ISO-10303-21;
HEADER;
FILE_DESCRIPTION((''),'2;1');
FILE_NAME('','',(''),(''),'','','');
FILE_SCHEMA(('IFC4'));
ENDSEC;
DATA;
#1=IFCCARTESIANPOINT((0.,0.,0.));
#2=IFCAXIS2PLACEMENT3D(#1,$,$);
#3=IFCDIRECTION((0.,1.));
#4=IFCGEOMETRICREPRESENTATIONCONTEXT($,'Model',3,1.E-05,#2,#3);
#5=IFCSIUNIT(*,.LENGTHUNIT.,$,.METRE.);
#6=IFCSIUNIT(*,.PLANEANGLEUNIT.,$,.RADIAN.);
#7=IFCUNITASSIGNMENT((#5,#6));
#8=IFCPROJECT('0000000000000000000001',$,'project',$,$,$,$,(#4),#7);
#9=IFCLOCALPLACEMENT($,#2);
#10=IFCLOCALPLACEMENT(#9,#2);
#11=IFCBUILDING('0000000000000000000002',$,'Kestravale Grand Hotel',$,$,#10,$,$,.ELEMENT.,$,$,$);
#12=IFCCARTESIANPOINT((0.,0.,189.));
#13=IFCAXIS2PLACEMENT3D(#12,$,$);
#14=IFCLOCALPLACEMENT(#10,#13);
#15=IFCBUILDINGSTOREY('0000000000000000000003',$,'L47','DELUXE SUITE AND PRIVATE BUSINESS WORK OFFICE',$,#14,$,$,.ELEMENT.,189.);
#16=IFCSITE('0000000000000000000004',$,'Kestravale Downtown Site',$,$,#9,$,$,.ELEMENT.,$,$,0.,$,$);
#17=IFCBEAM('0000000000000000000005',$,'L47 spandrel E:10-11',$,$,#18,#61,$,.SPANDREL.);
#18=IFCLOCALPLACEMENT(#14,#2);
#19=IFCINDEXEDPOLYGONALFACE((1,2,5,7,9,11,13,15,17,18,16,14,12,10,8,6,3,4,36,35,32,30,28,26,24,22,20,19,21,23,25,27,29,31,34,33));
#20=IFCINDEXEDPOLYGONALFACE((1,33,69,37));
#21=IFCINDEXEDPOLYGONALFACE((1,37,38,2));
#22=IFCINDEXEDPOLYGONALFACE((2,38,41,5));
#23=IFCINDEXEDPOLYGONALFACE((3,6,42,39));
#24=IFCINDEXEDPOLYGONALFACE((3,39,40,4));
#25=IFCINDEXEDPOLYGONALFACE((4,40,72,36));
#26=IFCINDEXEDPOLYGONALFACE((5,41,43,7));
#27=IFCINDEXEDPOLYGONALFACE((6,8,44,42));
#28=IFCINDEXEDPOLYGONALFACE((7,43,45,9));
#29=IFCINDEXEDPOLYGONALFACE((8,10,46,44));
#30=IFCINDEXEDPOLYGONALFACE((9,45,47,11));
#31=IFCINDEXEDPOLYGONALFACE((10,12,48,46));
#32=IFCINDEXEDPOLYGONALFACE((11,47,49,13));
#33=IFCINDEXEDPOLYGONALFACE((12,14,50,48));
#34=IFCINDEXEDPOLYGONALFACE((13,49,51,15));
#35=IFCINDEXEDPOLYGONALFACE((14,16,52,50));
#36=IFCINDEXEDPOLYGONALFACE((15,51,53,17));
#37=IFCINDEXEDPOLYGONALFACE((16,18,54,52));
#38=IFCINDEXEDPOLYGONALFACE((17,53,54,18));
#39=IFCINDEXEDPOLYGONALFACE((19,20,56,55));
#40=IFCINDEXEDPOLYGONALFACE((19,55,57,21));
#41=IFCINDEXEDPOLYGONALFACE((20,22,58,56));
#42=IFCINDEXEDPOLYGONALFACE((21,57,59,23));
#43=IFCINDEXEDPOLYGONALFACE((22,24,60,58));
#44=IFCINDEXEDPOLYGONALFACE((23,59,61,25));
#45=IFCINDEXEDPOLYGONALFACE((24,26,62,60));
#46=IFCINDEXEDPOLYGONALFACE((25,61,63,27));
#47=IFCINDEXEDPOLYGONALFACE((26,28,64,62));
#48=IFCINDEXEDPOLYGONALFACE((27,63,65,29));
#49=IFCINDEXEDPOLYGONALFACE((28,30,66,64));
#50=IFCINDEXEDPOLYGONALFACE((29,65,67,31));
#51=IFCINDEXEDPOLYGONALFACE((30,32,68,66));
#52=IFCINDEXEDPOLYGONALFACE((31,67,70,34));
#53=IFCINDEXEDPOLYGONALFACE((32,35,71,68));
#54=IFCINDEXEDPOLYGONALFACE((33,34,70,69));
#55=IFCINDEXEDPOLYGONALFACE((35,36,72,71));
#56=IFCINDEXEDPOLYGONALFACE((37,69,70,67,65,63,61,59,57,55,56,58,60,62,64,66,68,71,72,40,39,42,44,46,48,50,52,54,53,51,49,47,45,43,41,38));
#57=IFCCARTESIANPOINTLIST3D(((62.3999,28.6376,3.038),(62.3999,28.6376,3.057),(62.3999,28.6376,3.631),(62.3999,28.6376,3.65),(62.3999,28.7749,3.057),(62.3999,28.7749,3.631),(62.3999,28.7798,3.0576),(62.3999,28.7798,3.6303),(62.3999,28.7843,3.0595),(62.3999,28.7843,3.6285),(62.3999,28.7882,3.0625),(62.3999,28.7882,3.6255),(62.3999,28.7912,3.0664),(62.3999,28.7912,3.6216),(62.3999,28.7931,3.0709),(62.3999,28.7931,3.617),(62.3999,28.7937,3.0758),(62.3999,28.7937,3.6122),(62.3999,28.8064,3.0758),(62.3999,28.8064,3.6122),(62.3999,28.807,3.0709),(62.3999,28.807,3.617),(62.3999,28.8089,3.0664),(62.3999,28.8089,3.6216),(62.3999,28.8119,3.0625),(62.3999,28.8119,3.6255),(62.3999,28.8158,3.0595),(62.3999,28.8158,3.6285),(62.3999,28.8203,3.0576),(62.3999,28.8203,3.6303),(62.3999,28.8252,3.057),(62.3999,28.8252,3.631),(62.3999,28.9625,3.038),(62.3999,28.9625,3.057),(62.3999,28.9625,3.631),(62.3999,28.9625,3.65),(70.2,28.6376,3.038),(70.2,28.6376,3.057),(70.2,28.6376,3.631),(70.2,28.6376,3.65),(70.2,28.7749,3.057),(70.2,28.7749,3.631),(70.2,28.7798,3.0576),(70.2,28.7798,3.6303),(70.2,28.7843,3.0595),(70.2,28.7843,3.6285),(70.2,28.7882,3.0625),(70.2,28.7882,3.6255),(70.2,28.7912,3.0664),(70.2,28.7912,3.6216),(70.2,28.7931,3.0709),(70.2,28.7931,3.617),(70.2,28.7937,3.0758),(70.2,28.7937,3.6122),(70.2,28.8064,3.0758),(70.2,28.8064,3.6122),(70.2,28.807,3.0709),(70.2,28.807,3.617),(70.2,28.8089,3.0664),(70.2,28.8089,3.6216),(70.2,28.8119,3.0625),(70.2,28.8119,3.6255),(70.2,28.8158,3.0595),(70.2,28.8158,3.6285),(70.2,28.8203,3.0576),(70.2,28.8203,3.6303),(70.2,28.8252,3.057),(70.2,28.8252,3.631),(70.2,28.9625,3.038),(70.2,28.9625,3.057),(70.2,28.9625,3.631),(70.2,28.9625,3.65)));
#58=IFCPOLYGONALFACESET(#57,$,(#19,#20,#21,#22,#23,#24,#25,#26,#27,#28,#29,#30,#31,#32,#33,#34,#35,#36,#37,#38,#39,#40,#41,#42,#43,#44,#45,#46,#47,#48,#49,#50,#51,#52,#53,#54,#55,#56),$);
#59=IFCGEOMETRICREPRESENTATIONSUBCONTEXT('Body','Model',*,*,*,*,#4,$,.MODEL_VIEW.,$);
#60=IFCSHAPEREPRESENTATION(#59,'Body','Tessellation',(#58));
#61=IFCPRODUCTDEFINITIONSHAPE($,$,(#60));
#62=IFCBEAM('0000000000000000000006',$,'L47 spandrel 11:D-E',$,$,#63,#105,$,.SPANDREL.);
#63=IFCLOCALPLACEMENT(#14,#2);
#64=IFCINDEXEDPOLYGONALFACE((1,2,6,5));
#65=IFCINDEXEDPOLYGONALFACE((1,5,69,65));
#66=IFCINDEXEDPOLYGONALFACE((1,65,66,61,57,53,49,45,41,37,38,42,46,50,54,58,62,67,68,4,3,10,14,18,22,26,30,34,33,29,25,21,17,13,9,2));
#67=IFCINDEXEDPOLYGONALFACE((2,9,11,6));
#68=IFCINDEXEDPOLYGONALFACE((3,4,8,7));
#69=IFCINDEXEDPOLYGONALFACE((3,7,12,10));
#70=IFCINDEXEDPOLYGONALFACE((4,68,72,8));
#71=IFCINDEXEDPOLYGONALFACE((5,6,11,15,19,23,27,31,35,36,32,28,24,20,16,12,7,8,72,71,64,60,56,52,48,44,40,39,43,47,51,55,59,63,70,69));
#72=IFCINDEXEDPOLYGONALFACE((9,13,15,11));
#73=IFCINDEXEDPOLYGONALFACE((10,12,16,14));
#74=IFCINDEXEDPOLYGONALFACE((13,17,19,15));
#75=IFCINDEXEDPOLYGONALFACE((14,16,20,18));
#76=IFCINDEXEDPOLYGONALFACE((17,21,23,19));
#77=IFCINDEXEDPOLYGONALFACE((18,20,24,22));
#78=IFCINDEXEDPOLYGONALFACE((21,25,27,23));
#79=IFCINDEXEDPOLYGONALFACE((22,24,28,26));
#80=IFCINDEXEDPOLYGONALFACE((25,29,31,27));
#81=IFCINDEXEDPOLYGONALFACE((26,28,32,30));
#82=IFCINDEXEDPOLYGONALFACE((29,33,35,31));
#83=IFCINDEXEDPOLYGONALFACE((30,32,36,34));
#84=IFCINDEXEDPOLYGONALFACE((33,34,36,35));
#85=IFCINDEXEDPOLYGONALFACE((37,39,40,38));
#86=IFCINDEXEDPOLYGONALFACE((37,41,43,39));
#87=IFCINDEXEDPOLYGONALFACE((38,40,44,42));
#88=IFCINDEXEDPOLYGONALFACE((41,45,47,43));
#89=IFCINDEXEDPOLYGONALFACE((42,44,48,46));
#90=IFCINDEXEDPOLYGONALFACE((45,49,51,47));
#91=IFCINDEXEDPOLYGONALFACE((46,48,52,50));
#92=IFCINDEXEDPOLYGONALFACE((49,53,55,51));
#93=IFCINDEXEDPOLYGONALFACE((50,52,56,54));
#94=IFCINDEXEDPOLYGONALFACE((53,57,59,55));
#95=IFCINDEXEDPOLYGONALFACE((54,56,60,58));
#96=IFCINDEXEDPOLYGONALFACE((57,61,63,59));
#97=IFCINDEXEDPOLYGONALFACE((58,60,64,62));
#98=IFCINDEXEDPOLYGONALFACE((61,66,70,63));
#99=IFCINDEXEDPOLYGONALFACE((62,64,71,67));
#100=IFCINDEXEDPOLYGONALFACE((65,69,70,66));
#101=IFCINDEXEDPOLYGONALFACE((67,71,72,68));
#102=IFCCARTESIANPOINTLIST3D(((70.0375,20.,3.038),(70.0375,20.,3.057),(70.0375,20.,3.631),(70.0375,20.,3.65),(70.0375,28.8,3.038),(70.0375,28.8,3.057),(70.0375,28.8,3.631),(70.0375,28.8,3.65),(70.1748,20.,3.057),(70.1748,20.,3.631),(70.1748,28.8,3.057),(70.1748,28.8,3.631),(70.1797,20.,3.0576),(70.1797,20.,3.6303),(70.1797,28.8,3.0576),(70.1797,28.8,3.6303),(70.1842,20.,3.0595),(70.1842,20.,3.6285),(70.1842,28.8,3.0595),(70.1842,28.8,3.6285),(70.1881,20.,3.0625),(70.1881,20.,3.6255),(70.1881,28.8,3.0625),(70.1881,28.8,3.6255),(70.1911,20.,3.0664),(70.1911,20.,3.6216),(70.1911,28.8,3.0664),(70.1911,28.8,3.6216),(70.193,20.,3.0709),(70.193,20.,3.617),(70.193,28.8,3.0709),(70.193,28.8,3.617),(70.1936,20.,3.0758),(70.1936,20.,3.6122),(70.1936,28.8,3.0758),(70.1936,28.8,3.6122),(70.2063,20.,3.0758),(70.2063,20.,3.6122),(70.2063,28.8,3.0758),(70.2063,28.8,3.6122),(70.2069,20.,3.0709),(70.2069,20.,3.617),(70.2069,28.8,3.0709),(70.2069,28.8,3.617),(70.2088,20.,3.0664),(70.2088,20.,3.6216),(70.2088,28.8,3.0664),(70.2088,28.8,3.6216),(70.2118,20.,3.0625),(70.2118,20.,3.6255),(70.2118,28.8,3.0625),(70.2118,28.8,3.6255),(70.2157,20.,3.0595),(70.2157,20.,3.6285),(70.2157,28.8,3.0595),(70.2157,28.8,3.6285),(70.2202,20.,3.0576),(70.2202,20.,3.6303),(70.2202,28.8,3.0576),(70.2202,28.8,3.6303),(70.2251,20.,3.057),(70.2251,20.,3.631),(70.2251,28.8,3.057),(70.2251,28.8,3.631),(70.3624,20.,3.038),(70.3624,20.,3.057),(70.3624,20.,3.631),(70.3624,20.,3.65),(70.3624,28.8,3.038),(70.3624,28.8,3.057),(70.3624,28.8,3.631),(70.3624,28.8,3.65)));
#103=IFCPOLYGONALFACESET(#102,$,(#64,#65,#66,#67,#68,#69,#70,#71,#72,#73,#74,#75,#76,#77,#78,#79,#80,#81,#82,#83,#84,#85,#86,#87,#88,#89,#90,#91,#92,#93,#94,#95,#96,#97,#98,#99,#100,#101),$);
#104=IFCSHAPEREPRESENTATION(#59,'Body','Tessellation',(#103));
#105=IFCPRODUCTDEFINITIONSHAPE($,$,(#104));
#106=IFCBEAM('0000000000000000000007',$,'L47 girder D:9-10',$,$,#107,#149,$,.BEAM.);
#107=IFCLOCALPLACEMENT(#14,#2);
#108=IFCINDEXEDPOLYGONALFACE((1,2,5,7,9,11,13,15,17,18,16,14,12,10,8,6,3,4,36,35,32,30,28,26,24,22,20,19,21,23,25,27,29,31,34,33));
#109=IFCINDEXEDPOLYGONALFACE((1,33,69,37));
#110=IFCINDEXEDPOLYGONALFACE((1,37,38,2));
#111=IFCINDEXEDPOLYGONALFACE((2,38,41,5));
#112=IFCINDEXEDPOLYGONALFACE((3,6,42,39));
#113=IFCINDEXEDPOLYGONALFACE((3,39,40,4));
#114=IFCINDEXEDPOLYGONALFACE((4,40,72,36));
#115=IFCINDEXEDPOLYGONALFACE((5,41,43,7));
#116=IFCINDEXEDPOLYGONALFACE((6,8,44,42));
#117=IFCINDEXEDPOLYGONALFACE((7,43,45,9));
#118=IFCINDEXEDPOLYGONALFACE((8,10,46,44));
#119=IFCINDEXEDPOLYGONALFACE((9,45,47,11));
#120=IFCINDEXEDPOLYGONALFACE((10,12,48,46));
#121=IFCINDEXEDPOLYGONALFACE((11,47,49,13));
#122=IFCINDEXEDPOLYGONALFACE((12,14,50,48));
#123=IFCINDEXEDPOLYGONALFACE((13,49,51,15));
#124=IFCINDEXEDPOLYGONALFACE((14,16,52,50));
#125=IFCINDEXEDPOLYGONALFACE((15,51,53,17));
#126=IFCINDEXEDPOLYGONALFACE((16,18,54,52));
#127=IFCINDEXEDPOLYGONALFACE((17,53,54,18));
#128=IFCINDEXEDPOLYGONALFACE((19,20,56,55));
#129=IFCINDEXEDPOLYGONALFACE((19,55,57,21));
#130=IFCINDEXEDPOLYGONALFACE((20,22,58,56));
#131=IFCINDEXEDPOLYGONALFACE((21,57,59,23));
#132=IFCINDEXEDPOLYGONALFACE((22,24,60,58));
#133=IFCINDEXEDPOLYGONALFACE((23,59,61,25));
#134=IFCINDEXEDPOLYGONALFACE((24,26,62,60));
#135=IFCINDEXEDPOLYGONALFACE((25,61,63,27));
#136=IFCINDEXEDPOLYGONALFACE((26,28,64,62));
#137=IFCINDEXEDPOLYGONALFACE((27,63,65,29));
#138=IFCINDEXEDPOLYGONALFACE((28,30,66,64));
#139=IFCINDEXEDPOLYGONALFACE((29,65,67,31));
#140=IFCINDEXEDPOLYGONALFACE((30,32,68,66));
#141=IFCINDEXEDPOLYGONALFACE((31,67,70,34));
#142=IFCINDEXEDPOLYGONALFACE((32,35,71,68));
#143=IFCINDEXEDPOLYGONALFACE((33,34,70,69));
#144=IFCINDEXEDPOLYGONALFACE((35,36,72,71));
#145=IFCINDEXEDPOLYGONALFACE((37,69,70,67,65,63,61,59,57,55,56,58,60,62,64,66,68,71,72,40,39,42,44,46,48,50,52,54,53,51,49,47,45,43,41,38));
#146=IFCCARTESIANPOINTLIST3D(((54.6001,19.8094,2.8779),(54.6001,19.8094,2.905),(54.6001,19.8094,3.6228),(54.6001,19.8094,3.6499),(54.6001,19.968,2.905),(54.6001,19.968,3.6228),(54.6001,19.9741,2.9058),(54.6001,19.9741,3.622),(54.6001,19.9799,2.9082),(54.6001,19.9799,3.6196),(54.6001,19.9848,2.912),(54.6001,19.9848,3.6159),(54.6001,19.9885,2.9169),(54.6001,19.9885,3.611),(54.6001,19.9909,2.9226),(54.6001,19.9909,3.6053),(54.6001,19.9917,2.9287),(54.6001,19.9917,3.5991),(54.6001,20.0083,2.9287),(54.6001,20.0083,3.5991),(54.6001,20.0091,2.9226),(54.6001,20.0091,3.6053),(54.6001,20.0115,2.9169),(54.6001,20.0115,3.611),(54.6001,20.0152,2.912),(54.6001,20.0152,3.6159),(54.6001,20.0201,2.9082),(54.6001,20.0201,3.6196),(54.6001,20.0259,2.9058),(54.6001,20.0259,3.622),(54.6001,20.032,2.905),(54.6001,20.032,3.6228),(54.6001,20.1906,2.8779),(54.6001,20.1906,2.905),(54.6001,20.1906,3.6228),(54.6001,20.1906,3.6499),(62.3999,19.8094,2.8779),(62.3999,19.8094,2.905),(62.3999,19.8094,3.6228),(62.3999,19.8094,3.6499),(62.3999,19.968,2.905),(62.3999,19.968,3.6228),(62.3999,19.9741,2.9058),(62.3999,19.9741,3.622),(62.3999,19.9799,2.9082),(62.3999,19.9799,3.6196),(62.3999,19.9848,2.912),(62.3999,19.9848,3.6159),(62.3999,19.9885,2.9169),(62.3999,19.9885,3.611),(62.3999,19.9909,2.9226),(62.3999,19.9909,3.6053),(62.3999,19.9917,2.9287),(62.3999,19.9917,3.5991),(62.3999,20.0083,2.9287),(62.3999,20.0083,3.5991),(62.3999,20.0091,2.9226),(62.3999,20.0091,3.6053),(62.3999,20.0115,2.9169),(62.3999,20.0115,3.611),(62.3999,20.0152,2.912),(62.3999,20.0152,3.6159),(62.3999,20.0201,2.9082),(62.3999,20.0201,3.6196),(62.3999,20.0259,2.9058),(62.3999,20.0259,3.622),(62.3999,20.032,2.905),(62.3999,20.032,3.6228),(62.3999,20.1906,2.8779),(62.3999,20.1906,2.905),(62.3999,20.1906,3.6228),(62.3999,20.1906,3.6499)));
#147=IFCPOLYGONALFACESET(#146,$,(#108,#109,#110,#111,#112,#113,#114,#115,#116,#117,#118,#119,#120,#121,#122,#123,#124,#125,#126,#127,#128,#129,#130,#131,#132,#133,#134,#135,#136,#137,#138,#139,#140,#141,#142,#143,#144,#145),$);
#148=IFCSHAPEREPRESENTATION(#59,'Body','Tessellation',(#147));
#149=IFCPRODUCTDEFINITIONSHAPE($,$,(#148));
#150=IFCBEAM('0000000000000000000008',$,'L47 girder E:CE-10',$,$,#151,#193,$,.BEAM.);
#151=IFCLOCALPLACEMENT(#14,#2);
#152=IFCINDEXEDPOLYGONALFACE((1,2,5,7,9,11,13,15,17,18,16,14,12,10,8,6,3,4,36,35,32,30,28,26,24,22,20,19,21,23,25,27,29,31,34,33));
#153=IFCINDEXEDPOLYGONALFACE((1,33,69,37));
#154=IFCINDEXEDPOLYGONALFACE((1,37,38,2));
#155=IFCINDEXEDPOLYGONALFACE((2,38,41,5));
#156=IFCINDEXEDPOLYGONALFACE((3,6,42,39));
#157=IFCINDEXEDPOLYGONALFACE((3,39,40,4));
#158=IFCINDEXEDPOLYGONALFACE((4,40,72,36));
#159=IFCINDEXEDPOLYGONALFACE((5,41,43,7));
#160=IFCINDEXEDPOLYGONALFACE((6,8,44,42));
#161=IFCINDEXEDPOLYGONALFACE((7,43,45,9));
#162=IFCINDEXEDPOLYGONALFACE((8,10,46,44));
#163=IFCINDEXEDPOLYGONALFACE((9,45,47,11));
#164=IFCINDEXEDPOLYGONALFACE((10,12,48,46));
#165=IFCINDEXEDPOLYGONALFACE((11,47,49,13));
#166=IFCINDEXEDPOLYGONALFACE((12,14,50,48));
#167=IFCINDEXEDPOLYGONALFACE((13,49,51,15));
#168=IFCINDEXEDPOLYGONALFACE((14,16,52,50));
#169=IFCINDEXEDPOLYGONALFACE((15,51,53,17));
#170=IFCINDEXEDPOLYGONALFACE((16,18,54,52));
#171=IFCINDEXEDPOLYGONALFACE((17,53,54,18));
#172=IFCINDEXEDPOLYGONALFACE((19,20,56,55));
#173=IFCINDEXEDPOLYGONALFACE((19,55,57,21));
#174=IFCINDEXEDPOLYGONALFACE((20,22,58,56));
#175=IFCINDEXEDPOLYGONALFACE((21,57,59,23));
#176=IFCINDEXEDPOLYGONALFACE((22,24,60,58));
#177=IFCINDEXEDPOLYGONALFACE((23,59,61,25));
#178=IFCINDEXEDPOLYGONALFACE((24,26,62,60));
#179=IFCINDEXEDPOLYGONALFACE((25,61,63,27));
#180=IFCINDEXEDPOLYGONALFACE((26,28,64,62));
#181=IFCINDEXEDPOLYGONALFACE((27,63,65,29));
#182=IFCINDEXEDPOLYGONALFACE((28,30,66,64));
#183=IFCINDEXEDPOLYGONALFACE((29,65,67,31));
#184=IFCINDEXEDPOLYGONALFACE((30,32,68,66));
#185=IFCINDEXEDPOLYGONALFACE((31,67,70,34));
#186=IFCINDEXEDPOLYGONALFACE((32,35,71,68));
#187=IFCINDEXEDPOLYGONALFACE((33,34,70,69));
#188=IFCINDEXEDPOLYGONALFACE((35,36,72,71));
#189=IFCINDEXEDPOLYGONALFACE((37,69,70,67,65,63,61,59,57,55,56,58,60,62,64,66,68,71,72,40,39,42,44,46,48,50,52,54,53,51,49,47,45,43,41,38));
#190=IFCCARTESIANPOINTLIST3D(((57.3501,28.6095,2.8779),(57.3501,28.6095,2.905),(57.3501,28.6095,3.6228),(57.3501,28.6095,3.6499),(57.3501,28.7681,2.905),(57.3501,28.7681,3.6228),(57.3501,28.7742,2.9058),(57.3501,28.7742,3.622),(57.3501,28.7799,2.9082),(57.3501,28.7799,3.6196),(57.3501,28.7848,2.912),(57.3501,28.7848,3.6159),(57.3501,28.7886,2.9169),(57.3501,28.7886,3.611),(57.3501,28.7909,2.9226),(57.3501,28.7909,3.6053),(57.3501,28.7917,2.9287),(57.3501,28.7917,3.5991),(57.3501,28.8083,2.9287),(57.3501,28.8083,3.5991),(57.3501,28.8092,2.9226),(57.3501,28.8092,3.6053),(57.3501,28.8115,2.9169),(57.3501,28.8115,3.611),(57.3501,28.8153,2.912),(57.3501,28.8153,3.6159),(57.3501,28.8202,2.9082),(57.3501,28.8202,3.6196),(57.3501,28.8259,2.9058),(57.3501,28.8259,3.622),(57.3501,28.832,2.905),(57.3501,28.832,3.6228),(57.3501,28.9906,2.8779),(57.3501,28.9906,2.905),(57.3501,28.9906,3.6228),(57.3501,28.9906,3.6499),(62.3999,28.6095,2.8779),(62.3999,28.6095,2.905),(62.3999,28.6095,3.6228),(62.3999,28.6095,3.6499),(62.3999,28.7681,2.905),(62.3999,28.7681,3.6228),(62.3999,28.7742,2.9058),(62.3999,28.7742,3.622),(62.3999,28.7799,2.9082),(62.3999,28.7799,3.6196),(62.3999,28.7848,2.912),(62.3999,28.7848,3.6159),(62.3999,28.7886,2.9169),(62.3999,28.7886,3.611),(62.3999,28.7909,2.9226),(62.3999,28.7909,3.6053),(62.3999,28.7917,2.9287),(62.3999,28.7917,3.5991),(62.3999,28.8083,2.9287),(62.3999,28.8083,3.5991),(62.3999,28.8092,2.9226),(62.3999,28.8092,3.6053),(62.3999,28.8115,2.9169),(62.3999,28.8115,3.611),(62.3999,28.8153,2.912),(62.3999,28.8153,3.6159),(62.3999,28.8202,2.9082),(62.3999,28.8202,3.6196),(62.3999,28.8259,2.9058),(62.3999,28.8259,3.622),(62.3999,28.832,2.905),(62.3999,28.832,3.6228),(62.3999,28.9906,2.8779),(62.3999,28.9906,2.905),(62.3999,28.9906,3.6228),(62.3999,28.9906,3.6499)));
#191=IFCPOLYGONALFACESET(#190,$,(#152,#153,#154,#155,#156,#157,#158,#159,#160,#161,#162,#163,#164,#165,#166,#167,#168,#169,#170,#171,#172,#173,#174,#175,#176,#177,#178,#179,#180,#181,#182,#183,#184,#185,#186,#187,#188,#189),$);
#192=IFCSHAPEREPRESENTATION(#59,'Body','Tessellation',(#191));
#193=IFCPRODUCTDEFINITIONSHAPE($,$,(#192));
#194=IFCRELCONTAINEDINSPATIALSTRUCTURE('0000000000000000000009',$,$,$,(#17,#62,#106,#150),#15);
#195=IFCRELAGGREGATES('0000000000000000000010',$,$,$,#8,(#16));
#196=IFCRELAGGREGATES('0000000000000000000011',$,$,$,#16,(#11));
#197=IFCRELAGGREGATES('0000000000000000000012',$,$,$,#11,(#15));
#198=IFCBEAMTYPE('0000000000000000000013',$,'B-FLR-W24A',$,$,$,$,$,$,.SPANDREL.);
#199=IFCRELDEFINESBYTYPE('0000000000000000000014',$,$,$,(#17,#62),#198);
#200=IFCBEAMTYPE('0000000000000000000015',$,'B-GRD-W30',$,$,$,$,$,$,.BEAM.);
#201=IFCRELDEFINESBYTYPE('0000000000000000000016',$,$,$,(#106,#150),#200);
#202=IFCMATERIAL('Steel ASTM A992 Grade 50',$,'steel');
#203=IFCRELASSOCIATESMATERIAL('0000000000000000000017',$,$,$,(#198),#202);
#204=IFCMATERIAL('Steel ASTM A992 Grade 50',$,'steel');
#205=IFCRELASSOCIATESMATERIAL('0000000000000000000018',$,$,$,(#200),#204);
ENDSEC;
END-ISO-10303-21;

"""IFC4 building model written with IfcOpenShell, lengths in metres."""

from ifc_helpers import new_model, si_unit, direction, frame, origin, origin_2d, place, context, subcontext, project, spatial, i_section, extrude, material, material_profile, profile_set, type_object, element, save


model = new_model("IFC4")

# Units and contexts
model_context = context("Model", 3, precision=1e-05, world=origin(), true_north=direction((0.0, 1.0)))
body_context = subcontext(model_context, "Body", "Model", "MODEL_VIEW")
ifc_project = project(units=[si_unit("LENGTHUNIT", "METRE"), si_unit("PLANEANGLEUNIT", "RADIAN")], contexts=[model_context])

# Site, building, storey
site_placement = place(None, origin())
site = spatial("IfcSite", under=ifc_project, at=site_placement, Name="Kestravale Downtown Site", CompositionType="ELEMENT", RefElevation=0.0)
building_placement = place(site_placement, origin())
building = spatial("IfcBuilding", under=site, at=building_placement, Name="Kestravale Grand Hotel", CompositionType="ELEMENT")
storey_placement = place(building_placement, frame((0.0, 0.0, 189.0)))
storey = spatial("IfcBuildingStorey", under=building, at=storey_placement, Name="L47", Description="DELUXE SUITE AND PRIVATE BUSINESS WORK OFFICE", CompositionType="ELEMENT", Elevation=189.0)

# Beams
ifc_material_1 = material(Name="Steel ASTM A992 Grade 50", Category="steel")
ifc_material_profile_1 = material_profile(ifc_material_1, i_section(OverallWidth=0.325, OverallDepth=0.6121, WebThickness=0.0127, FlangeThickness=0.019, FilletRadius=0.0188, at=origin_2d()))
ifc_profile_set_1 = profile_set([ifc_material_profile_1], Name="Steel ASTM A992 Grade 50")
beam_type_1 = type_object("IfcBeamType", Name="B-FLR-W24A", PredefinedType="SPANDREL", material=ifc_profile_set_1)
for number, where, z_axis, x_axis, name in (
    (1, (62.3999, 28.8, 3.344), (1.0, 0.0, 0.0), (0.0, 1.0, 0.0), "L47 spandrel E:10-11"),
):
    element("IfcBeam", number, at=place(storey_placement, frame(where, z_axis=z_axis, x_axis=x_axis)), inside=storey, type_object=beam_type_1, Name=name, PredefinedType="SPANDREL", context=body_context, shape_type="SweptSolid", body=[
        extrude(i_section(OverallWidth=0.325, OverallDepth=0.6121, WebThickness=0.0127, FlangeThickness=0.019, FilletRadius=0.0188, at=origin_2d()), origin(), (0.0, 0.0, 1.0), 7.8),
    ])
beam_1_placement = place(storey_placement, frame((70.2, 20.0, 3.344), z_axis=(0.0, 1.0, 0.0), x_axis=(-1.0, 0.0, 0.0)))
element("IfcBeam", 2, at=beam_1_placement, inside=storey, type_object=beam_type_1, Name="L47 spandrel 11:D-E", PredefinedType="SPANDREL", context=body_context, shape_type="SweptSolid", body=[
    extrude(i_section(OverallWidth=0.325, OverallDepth=0.6121, WebThickness=0.0127, FlangeThickness=0.019, FilletRadius=0.0188, at=origin_2d()), origin(), (0.0, 0.0, 1.0), 8.8),
])
ifc_material_2 = material(Name="Steel ASTM A992 Grade 50", Category="steel")
ifc_material_profile_2 = material_profile(ifc_material_2, i_section(OverallWidth=0.3811, OverallDepth=0.772, WebThickness=0.0166, FlangeThickness=0.0271, FilletRadius=0.0237, at=origin_2d()))
ifc_profile_set_2 = profile_set([ifc_material_profile_2], Name="Steel ASTM A992 Grade 50")
beam_type_2 = type_object("IfcBeamType", Name="B-GRD-W30", PredefinedType="BEAM", material=ifc_profile_set_2)
beam_2_placement = place(storey_placement, frame((54.6001, 20.0, 3.2639), z_axis=(1.0, 0.0, 0.0), x_axis=(0.0, 1.0, 0.0)))
element("IfcBeam", 3, at=beam_2_placement, inside=storey, type_object=beam_type_2, Name="L47 girder D:9-10", PredefinedType="BEAM", context=body_context, shape_type="SweptSolid", body=[
    extrude(i_section(OverallWidth=0.3811, OverallDepth=0.772, WebThickness=0.0166, FlangeThickness=0.0271, FilletRadius=0.0237, at=origin_2d()), origin(), (0.0, 0.0, 1.0), 7.7998),
])
beam_3_placement = place(storey_placement, frame((57.3501, 28.8, 3.2639), z_axis=(1.0, 0.0, 0.0), x_axis=(0.0, 1.0, 0.0)))
element("IfcBeam", 4, at=beam_3_placement, inside=storey, type_object=beam_type_2, Name="L47 girder E:CE-10", PredefinedType="BEAM", context=body_context, shape_type="SweptSolid", body=[
    extrude(i_section(OverallWidth=0.3811, OverallDepth=0.772, WebThickness=0.0166, FlangeThickness=0.0271, FilletRadius=0.0237, at=origin_2d()), origin(), (0.0, 0.0, 1.0), 5.0498),
])

save(model, "model.ifc")
